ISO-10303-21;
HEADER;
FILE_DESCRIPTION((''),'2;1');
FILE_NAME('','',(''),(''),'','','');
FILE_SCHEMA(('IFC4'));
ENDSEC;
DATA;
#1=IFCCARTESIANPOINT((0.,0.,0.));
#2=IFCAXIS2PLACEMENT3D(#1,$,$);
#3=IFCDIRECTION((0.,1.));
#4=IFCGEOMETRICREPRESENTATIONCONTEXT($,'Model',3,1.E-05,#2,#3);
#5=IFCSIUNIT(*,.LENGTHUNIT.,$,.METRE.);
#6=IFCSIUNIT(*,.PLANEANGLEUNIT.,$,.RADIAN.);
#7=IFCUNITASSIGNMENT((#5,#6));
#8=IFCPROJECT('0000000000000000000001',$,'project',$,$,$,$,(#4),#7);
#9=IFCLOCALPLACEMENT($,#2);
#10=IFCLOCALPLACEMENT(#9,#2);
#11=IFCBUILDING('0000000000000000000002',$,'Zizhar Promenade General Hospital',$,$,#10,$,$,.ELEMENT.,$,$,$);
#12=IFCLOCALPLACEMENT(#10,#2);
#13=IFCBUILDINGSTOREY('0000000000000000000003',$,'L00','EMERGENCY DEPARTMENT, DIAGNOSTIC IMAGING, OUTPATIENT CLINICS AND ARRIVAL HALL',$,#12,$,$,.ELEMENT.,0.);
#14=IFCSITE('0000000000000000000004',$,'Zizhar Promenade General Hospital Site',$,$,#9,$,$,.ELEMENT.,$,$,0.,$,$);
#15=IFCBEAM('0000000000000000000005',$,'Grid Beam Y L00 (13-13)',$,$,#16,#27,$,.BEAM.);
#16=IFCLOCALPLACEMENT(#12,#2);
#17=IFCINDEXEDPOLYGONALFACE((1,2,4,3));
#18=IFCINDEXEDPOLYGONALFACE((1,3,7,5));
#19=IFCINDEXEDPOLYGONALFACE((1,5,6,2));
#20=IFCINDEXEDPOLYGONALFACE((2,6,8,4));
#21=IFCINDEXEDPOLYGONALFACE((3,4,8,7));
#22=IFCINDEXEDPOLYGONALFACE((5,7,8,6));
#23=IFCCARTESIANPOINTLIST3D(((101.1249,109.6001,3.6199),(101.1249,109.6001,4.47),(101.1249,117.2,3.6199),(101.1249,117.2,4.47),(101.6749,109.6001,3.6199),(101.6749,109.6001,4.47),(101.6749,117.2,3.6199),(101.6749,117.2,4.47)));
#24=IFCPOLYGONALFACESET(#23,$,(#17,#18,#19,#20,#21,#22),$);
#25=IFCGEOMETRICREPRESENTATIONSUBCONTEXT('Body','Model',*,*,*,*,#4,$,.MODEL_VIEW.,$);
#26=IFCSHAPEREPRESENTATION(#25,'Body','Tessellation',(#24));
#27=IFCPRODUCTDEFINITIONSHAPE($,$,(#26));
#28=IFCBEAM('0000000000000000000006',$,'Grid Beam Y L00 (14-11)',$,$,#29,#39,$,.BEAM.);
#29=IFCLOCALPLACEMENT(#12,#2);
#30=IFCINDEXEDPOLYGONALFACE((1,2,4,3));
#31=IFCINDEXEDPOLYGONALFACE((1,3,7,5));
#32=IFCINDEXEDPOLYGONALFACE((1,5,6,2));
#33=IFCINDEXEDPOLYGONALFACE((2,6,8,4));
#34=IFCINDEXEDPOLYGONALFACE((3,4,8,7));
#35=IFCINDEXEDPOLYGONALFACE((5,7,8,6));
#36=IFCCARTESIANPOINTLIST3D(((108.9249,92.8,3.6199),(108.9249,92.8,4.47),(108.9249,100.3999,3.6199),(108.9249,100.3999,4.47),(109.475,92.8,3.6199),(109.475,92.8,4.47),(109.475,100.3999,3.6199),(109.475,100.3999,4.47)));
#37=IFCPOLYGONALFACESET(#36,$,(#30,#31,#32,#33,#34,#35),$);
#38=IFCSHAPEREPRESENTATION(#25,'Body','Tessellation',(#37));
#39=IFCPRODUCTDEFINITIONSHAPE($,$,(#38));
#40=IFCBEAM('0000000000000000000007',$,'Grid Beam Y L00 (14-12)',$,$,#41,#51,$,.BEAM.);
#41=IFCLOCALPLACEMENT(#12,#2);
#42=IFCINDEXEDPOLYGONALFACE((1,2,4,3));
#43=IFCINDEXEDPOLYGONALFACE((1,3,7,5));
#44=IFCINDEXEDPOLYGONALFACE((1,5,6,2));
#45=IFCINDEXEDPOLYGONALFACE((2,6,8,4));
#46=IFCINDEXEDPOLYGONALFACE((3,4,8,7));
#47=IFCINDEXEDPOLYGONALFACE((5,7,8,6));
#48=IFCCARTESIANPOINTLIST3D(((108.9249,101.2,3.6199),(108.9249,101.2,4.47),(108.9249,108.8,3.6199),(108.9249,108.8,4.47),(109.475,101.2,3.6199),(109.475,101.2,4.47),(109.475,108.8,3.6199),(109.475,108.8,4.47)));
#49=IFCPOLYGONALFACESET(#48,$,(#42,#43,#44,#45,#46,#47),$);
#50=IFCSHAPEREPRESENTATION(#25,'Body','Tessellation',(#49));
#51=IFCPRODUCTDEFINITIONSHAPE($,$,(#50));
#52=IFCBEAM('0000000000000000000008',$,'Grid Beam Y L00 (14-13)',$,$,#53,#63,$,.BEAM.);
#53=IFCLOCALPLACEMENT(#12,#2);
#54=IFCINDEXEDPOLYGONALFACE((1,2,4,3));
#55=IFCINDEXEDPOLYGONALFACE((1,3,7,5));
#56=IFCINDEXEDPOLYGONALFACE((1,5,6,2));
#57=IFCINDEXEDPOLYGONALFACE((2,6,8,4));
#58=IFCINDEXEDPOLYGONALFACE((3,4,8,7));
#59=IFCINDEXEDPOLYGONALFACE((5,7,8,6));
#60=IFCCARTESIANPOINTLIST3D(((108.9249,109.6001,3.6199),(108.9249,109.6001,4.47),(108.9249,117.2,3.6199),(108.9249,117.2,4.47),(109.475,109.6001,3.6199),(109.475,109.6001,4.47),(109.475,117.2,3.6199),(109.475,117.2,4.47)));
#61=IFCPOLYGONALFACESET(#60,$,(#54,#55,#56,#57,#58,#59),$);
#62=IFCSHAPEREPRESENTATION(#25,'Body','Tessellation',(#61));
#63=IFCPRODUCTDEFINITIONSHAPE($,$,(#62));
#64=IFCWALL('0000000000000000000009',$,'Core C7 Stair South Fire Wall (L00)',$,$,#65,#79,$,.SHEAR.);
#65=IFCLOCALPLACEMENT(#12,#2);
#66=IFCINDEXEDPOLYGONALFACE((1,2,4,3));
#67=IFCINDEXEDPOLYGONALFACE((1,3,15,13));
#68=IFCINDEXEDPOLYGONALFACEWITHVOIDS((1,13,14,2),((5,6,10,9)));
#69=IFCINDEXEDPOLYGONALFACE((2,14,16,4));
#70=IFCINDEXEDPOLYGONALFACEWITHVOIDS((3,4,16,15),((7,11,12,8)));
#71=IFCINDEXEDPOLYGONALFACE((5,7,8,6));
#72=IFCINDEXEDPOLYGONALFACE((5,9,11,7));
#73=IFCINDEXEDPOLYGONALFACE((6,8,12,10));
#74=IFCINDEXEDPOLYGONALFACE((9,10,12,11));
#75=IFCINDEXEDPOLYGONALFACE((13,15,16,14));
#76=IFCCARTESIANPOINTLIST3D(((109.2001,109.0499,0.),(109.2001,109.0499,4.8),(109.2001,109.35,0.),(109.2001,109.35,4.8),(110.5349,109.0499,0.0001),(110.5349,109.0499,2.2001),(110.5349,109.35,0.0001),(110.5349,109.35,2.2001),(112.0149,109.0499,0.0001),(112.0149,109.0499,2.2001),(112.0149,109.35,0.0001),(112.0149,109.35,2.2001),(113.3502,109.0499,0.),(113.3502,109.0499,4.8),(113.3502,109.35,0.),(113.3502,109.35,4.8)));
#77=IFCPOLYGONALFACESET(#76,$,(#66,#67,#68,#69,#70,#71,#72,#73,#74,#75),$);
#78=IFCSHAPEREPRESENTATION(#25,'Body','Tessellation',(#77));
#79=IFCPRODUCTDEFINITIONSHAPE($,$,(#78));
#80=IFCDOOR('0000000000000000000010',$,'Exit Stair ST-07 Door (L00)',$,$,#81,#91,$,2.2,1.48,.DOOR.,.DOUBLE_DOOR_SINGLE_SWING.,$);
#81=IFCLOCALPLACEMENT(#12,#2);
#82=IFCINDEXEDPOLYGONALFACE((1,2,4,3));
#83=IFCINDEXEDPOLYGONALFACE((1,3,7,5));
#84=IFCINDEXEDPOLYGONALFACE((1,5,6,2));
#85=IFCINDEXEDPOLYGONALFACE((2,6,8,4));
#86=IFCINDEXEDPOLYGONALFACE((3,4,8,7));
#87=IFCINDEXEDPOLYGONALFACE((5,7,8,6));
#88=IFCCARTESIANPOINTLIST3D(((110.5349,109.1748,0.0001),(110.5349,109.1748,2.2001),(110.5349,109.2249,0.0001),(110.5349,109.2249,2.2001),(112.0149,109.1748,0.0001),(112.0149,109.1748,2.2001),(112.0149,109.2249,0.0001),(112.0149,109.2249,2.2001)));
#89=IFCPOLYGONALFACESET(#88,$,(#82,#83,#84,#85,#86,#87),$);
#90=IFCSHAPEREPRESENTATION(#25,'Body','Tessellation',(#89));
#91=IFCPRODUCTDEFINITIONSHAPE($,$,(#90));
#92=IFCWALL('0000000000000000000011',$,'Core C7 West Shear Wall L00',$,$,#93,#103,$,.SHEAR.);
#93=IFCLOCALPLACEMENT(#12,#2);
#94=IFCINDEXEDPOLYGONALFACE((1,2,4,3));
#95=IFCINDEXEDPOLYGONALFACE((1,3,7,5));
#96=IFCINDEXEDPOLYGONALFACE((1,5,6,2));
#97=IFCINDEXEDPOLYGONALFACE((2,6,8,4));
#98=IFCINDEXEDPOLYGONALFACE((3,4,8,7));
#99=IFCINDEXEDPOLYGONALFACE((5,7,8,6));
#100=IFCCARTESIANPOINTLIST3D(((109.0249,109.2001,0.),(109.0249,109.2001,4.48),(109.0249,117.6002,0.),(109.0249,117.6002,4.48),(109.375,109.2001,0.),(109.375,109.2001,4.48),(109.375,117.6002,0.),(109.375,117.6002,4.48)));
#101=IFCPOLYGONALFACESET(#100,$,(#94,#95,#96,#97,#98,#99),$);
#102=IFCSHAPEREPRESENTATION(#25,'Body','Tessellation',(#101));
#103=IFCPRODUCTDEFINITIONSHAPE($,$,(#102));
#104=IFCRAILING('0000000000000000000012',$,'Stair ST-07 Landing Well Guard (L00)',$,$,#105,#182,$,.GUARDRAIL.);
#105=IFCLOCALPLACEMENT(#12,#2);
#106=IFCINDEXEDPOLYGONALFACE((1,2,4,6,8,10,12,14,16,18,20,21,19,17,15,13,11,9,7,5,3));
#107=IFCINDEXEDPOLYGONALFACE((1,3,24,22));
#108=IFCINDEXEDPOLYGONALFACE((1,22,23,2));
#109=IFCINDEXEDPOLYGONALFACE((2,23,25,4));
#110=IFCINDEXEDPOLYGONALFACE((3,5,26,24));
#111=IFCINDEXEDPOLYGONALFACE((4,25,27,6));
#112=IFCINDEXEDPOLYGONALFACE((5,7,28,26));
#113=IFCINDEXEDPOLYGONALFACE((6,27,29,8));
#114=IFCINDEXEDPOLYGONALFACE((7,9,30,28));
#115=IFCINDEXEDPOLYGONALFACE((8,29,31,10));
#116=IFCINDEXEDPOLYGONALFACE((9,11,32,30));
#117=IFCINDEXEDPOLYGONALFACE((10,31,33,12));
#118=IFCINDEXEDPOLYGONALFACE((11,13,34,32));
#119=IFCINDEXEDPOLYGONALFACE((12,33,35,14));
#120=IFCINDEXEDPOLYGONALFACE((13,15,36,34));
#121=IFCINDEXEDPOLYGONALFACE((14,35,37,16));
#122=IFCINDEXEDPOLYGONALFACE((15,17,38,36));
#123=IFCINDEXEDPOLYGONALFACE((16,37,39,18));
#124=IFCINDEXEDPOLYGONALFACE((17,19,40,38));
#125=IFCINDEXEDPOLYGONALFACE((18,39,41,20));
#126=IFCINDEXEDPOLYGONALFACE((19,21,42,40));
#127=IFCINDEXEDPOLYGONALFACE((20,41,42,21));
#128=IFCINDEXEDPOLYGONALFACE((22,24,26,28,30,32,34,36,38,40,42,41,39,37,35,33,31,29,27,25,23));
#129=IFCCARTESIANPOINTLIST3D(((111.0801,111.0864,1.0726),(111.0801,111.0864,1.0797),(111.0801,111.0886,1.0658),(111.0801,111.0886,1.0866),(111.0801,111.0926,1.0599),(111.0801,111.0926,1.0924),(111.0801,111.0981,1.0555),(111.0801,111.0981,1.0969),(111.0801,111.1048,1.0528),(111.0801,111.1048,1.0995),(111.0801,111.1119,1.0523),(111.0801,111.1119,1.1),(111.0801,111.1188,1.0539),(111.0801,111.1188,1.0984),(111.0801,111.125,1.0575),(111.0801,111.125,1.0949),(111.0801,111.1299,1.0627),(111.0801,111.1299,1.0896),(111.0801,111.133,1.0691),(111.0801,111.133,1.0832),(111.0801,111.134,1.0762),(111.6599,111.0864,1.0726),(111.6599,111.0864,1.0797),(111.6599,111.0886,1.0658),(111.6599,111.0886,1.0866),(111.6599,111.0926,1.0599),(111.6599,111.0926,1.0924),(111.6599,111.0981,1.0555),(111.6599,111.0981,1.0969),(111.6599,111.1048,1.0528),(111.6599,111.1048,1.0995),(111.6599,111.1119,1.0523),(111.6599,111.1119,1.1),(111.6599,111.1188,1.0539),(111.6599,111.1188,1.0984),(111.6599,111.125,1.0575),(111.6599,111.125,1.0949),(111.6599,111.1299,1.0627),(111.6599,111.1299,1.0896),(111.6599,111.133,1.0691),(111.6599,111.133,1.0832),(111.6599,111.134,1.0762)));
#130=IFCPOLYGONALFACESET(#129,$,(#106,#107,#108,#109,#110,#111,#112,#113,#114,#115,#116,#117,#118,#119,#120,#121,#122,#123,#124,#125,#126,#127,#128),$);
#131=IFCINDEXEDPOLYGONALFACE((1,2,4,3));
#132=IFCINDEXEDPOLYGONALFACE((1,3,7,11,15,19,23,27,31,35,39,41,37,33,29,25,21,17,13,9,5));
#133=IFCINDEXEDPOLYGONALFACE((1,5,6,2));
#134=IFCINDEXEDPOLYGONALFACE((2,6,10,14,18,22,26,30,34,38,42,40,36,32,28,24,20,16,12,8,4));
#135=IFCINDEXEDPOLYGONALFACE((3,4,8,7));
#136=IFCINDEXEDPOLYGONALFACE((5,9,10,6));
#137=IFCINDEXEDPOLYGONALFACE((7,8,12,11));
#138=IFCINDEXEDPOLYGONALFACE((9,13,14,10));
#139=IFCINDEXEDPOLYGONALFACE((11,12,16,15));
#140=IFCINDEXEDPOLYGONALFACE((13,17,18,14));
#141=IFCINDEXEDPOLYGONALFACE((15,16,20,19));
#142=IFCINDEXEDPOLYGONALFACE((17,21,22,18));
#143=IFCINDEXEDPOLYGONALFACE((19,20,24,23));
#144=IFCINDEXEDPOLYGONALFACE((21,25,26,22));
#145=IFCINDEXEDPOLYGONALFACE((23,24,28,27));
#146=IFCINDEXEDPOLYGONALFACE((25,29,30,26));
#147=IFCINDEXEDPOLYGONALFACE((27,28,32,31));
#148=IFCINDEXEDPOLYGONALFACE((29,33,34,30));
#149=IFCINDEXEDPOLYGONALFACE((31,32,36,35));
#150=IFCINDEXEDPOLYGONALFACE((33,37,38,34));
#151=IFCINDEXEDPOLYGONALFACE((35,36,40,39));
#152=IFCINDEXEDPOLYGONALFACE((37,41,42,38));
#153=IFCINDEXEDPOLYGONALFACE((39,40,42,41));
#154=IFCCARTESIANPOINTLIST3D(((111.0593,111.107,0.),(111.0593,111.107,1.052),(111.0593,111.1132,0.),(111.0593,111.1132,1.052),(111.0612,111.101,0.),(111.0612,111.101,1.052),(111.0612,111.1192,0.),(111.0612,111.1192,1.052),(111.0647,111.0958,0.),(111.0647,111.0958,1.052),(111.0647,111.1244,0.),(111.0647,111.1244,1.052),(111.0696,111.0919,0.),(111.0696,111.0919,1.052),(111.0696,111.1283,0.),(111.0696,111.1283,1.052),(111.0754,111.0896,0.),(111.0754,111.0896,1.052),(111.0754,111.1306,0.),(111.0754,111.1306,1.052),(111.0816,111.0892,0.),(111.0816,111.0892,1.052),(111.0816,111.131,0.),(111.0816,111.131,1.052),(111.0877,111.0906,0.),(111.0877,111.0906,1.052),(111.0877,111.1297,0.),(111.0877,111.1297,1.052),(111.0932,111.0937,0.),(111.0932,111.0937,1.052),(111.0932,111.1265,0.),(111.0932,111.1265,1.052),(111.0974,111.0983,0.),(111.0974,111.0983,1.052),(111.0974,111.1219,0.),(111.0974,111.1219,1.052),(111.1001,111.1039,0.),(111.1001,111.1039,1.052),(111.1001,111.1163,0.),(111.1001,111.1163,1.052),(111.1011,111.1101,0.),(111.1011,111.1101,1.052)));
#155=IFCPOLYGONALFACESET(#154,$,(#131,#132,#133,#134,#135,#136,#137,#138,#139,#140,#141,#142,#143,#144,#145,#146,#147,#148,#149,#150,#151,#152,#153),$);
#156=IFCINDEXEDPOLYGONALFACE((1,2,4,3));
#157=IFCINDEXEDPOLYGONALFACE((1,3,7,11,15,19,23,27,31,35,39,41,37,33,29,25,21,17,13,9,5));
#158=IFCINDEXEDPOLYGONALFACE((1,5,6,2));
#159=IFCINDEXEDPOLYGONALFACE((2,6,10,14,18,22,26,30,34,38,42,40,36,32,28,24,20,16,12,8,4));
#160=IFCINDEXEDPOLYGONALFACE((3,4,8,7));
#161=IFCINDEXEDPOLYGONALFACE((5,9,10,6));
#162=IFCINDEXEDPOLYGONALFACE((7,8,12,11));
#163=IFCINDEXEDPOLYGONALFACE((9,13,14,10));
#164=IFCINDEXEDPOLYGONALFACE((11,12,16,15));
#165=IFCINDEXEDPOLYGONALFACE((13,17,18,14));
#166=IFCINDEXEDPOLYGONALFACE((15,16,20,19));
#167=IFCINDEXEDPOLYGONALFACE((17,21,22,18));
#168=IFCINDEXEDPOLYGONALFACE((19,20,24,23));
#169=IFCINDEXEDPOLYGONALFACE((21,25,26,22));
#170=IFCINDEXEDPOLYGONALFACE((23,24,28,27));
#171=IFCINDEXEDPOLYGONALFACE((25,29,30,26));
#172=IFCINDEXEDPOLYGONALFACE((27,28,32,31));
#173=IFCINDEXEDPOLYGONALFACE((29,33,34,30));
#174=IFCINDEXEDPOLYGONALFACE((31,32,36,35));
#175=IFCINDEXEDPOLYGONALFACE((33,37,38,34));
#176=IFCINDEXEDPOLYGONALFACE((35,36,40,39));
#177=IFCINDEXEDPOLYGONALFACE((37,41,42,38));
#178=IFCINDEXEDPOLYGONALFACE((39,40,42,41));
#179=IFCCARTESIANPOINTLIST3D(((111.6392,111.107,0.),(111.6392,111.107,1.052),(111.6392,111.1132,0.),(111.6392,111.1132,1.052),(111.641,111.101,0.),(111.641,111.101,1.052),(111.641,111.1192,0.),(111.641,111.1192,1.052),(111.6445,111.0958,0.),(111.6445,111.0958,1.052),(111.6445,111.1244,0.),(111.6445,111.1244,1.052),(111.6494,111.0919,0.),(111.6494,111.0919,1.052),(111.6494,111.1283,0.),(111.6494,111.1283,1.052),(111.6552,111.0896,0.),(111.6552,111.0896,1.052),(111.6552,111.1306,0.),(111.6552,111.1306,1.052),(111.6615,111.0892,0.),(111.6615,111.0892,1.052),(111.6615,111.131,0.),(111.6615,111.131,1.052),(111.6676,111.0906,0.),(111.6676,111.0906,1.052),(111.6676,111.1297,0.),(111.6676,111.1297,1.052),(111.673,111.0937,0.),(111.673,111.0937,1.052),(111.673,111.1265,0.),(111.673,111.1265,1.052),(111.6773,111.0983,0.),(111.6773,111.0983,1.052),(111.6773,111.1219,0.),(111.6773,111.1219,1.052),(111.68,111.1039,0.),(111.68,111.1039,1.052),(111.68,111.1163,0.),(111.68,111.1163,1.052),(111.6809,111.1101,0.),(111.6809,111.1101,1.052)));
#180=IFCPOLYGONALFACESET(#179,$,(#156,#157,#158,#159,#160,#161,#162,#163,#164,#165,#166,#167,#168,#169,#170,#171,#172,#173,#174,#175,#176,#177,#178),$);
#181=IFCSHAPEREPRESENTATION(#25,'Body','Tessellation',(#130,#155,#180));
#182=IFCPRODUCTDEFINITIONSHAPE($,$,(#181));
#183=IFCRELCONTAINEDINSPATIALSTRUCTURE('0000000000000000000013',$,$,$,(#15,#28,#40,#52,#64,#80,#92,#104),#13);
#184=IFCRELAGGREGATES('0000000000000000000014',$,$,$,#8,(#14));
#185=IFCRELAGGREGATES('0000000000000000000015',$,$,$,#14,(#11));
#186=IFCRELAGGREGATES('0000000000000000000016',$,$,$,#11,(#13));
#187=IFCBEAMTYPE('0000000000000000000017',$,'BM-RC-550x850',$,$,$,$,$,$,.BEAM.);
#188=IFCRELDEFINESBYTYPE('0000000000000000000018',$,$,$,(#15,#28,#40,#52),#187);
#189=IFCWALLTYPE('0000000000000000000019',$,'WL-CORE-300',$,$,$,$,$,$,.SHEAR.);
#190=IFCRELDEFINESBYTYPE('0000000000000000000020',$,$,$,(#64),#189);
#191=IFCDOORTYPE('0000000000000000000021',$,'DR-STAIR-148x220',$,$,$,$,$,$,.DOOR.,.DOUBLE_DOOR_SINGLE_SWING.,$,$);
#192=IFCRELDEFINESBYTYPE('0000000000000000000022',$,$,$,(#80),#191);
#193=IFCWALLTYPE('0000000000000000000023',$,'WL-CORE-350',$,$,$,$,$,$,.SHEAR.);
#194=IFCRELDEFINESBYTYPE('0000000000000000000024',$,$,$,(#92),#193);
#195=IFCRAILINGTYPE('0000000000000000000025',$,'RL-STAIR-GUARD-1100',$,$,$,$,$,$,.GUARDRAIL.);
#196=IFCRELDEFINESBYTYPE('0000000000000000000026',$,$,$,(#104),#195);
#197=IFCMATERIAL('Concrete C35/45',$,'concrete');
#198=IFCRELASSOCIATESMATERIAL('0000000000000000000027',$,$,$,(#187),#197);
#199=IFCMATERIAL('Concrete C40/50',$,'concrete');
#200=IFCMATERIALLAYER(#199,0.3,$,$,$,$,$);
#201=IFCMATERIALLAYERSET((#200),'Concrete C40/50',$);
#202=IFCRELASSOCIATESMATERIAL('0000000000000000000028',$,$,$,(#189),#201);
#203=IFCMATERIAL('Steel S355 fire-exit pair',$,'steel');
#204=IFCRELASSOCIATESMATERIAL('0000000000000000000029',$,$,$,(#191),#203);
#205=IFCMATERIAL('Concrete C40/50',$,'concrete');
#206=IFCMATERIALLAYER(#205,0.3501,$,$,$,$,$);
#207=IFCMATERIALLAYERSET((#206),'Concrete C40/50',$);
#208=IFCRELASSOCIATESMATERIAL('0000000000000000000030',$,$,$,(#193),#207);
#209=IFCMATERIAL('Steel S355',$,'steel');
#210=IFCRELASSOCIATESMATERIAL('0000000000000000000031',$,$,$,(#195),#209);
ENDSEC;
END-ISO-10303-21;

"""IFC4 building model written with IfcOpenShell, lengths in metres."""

from ifc_helpers import new_model, si_unit, direction, frame, frame_2d, origin, origin_2d, place, context, subcontext, project, spatial, rectangle, circle, hollow_circle, extrude, material, layer, layer_set, material_profile, profile_set, type_object, element, fill, save


model = new_model("IFC4")

# Units and contexts
model_context = context("Model", 3, precision=1e-05, world=origin(), true_north=direction((0.0, 1.0)))
body_context = subcontext(model_context, "Body", "Model", "MODEL_VIEW")
ifc_project = project(units=[si_unit("LENGTHUNIT", "METRE"), si_unit("PLANEANGLEUNIT", "RADIAN")], contexts=[model_context])

# Site, building, storey
site_placement = place(None, origin())
site = spatial("IfcSite", under=ifc_project, at=site_placement, Name="Zizhar Promenade General Hospital Site", CompositionType="ELEMENT", RefElevation=0.0)
building_placement = place(site_placement, origin())
building = spatial("IfcBuilding", under=site, at=building_placement, Name="Zizhar Promenade General Hospital", CompositionType="ELEMENT")
storey_placement = place(building_placement, origin())
storey = spatial("IfcBuildingStorey", under=building, at=storey_placement, Name="L00", Description="EMERGENCY DEPARTMENT, DIAGNOSTIC IMAGING, OUTPATIENT CLINICS AND ARRIVAL HALL", CompositionType="ELEMENT", Elevation=0.0)

# Beams
ifc_material_1 = material(Name="Concrete C35/45", Category="concrete")
ifc_material_profile_1 = material_profile(ifc_material_1, rectangle(XDim=0.55, YDim=0.8501, at=origin_2d()))
ifc_profile_set_1 = profile_set([ifc_material_profile_1], Name="Concrete C35/45")
beam_type_1 = type_object("IfcBeamType", Name="BM-RC-550x850", PredefinedType="BEAM", material=ifc_profile_set_1)
for number, where, z_axis, x_axis, name in (
    (1, (101.3999, 109.6001, 4.0449), (0.0, 1.0, 0.0), (-1.0, 0.0, 0.0), "Grid Beam Y L00 (13-13)"),
    (2, (109.2, 92.8, 4.0449), (0.0, 1.0, 0.0), (-1.0, 0.0, 0.0), "Grid Beam Y L00 (14-11)"),
):
    element("IfcBeam", number, at=place(storey_placement, frame(where, z_axis=z_axis, x_axis=x_axis)), inside=storey, type_object=beam_type_1, Name=name, PredefinedType="BEAM", context=body_context, shape_type="SweptSolid", body=[
        extrude(rectangle(XDim=0.55, YDim=0.8501, at=origin_2d()), origin(), (0.0, 0.0, 1.0), 7.5999),
    ])
beam_1_placement = place(storey_placement, frame((109.2, 101.2, 4.0449), z_axis=(0.0, 1.0, 0.0), x_axis=(-1.0, 0.0, 0.0)))
element("IfcBeam", 3, at=beam_1_placement, inside=storey, type_object=beam_type_1, Name="Grid Beam Y L00 (14-12)", PredefinedType="BEAM", context=body_context, shape_type="SweptSolid", body=[
    extrude(rectangle(XDim=0.55, YDim=0.8501, at=origin_2d()), origin(), (0.0, 0.0, 1.0), 7.6001),
])
beam_2_placement = place(storey_placement, frame((109.2, 109.6001, 4.0449), z_axis=(0.0, 1.0, 0.0), x_axis=(-1.0, 0.0, 0.0)))
element("IfcBeam", 4, at=beam_2_placement, inside=storey, type_object=beam_type_1, Name="Grid Beam Y L00 (14-13)", PredefinedType="BEAM", context=body_context, shape_type="SweptSolid", body=[
    extrude(rectangle(XDim=0.55, YDim=0.8501, at=origin_2d()), origin(), (0.0, 0.0, 1.0), 7.5999),
])

# Wall, opening, door
ifc_material_2 = material(Name="Concrete C40/50", Category="concrete")
ifc_layer_1 = layer(ifc_material_2, 0.3)
ifc_layer_set_1 = layer_set([ifc_layer_1], Name="Concrete C40/50")
wall_type_1 = type_object("IfcWallType", Name="WL-CORE-300", PredefinedType="SHEAR", material=ifc_layer_set_1)
wall_1_placement = place(storey_placement, frame((109.2, 109.2, 0.0), z_axis=(0.0, 0.0, 1.0), x_axis=(1.0, 0.0, 0.0)))
wall_1 = element("IfcWall", 5, at=wall_1_placement, inside=storey, type_object=wall_type_1, Name="Core C7 Stair South Fire Wall (L00)", PredefinedType="SHEAR", context=body_context, shape_type="SweptSolid", body=[
    extrude(rectangle(XDim=4.1501, YDim=0.3, at=frame_2d((2.0752, 0.0))), origin(), (0.0, 0.0, 1.0), 4.8),
])
opening_placement = place(wall_1_placement, frame((1.335, 0.0, 0.0)))
opening = element("IfcOpeningElement", 6, at=opening_placement, cuts=wall_1, PredefinedType="OPENING", context=body_context, shape_type="SweptSolid", body=[
    extrude(rectangle(XDim=1.48, YDim=2.2, at=frame_2d((0.74, 1.1001))), frame((0.0, 0.1602, 0.0), z_axis=(0.0, -1.0, 0.0), x_axis=(1.0, 0.0, 0.0)), (0.0, 0.0, 1.0), 0.3201),
])
ifc_material_3 = material(Name="Steel S355 fire-exit pair", Category="steel")
door_type = type_object("IfcDoorType", Name="DR-STAIR-148x220", OperationType="DOUBLE_DOOR_SINGLE_SWING", PredefinedType="DOOR", material=ifc_material_3)
door_placement = place(opening_placement, origin())
door = element("IfcDoor", 7, at=door_placement, inside=storey, type_object=door_type, Name="Exit Stair ST-07 Door (L00)", OperationType="DOUBLE_DOOR_SINGLE_SWING", OverallHeight=2.2, OverallWidth=1.48, PredefinedType="DOOR", context=body_context, shape_type="SweptSolid", body=[
    extrude(rectangle(XDim=1.48, YDim=2.2, at=frame_2d((0.74, 1.1001))), frame((0.0, 0.0249, 0.0), z_axis=(0.0, -1.0, 0.0), x_axis=(1.0, 0.0, 0.0)), (0.0, 0.0, 1.0), 0.05),
])
fill(opening, door)

# Wall
ifc_material_4 = material(Name="Concrete C40/50", Category="concrete")
ifc_layer_2 = layer(ifc_material_4, 0.3501)
ifc_layer_set_2 = layer_set([ifc_layer_2], Name="Concrete C40/50")
wall_type_2 = type_object("IfcWallType", Name="WL-CORE-350", PredefinedType="SHEAR", material=ifc_layer_set_2)
wall_2_placement = place(storey_placement, frame((109.2, 109.2, 0.0), z_axis=(0.0, 0.0, 1.0), x_axis=(0.0, 1.0, 0.0)))
element("IfcWall", 8, at=wall_2_placement, inside=storey, type_object=wall_type_2, Name="Core C7 West Shear Wall L00", PredefinedType="SHEAR", context=body_context, shape_type="SweptSolid", body=[
    extrude(rectangle(XDim=8.4001, YDim=0.3501, at=frame_2d((4.2002, 0.0))), origin(), (0.0, 0.0, 1.0), 4.48),
])

# Railing
ifc_material_5 = material(Name="Steel S355", Category="steel")
ifc_material_profile_2 = material_profile(ifc_material_5, hollow_circle(Radius=0.0698, WallThickness=0.0063, at=origin_2d()))
ifc_profile_set_2 = profile_set([ifc_material_profile_2], Name="Steel S355")
railing_type = type_object("IfcRailingType", Name="RL-STAIR-GUARD-1100", PredefinedType="GUARDRAIL", material=ifc_profile_set_2)
railing_placement = place(storey_placement, frame((111.0801, 111.1101, 0.0)))
element("IfcRailing", 9, at=railing_placement, inside=storey, type_object=railing_type, Name="Stair ST-07 Landing Well Guard (L00)", PredefinedType="GUARDRAIL", context=body_context, shape_type="SweptSolid", body=[
    extrude(circle(Radius=0.0239, at=origin_2d()), frame((0.0, 0.0, 1.0762), z_axis=(1.0, 0.0, 0.0), x_axis=(0.0, 1.0, 0.0)), (0.0, 0.0, 1.0), 0.5798),
    extrude(circle(Radius=0.021, at=origin_2d()), origin(), (0.0, 0.0, 1.0), 1.052),
    extrude(circle(Radius=0.021, at=origin_2d()), frame((0.5798, 0.0, 0.0)), (0.0, 0.0, 1.0), 1.052),
])

save(model, "model.ifc")
